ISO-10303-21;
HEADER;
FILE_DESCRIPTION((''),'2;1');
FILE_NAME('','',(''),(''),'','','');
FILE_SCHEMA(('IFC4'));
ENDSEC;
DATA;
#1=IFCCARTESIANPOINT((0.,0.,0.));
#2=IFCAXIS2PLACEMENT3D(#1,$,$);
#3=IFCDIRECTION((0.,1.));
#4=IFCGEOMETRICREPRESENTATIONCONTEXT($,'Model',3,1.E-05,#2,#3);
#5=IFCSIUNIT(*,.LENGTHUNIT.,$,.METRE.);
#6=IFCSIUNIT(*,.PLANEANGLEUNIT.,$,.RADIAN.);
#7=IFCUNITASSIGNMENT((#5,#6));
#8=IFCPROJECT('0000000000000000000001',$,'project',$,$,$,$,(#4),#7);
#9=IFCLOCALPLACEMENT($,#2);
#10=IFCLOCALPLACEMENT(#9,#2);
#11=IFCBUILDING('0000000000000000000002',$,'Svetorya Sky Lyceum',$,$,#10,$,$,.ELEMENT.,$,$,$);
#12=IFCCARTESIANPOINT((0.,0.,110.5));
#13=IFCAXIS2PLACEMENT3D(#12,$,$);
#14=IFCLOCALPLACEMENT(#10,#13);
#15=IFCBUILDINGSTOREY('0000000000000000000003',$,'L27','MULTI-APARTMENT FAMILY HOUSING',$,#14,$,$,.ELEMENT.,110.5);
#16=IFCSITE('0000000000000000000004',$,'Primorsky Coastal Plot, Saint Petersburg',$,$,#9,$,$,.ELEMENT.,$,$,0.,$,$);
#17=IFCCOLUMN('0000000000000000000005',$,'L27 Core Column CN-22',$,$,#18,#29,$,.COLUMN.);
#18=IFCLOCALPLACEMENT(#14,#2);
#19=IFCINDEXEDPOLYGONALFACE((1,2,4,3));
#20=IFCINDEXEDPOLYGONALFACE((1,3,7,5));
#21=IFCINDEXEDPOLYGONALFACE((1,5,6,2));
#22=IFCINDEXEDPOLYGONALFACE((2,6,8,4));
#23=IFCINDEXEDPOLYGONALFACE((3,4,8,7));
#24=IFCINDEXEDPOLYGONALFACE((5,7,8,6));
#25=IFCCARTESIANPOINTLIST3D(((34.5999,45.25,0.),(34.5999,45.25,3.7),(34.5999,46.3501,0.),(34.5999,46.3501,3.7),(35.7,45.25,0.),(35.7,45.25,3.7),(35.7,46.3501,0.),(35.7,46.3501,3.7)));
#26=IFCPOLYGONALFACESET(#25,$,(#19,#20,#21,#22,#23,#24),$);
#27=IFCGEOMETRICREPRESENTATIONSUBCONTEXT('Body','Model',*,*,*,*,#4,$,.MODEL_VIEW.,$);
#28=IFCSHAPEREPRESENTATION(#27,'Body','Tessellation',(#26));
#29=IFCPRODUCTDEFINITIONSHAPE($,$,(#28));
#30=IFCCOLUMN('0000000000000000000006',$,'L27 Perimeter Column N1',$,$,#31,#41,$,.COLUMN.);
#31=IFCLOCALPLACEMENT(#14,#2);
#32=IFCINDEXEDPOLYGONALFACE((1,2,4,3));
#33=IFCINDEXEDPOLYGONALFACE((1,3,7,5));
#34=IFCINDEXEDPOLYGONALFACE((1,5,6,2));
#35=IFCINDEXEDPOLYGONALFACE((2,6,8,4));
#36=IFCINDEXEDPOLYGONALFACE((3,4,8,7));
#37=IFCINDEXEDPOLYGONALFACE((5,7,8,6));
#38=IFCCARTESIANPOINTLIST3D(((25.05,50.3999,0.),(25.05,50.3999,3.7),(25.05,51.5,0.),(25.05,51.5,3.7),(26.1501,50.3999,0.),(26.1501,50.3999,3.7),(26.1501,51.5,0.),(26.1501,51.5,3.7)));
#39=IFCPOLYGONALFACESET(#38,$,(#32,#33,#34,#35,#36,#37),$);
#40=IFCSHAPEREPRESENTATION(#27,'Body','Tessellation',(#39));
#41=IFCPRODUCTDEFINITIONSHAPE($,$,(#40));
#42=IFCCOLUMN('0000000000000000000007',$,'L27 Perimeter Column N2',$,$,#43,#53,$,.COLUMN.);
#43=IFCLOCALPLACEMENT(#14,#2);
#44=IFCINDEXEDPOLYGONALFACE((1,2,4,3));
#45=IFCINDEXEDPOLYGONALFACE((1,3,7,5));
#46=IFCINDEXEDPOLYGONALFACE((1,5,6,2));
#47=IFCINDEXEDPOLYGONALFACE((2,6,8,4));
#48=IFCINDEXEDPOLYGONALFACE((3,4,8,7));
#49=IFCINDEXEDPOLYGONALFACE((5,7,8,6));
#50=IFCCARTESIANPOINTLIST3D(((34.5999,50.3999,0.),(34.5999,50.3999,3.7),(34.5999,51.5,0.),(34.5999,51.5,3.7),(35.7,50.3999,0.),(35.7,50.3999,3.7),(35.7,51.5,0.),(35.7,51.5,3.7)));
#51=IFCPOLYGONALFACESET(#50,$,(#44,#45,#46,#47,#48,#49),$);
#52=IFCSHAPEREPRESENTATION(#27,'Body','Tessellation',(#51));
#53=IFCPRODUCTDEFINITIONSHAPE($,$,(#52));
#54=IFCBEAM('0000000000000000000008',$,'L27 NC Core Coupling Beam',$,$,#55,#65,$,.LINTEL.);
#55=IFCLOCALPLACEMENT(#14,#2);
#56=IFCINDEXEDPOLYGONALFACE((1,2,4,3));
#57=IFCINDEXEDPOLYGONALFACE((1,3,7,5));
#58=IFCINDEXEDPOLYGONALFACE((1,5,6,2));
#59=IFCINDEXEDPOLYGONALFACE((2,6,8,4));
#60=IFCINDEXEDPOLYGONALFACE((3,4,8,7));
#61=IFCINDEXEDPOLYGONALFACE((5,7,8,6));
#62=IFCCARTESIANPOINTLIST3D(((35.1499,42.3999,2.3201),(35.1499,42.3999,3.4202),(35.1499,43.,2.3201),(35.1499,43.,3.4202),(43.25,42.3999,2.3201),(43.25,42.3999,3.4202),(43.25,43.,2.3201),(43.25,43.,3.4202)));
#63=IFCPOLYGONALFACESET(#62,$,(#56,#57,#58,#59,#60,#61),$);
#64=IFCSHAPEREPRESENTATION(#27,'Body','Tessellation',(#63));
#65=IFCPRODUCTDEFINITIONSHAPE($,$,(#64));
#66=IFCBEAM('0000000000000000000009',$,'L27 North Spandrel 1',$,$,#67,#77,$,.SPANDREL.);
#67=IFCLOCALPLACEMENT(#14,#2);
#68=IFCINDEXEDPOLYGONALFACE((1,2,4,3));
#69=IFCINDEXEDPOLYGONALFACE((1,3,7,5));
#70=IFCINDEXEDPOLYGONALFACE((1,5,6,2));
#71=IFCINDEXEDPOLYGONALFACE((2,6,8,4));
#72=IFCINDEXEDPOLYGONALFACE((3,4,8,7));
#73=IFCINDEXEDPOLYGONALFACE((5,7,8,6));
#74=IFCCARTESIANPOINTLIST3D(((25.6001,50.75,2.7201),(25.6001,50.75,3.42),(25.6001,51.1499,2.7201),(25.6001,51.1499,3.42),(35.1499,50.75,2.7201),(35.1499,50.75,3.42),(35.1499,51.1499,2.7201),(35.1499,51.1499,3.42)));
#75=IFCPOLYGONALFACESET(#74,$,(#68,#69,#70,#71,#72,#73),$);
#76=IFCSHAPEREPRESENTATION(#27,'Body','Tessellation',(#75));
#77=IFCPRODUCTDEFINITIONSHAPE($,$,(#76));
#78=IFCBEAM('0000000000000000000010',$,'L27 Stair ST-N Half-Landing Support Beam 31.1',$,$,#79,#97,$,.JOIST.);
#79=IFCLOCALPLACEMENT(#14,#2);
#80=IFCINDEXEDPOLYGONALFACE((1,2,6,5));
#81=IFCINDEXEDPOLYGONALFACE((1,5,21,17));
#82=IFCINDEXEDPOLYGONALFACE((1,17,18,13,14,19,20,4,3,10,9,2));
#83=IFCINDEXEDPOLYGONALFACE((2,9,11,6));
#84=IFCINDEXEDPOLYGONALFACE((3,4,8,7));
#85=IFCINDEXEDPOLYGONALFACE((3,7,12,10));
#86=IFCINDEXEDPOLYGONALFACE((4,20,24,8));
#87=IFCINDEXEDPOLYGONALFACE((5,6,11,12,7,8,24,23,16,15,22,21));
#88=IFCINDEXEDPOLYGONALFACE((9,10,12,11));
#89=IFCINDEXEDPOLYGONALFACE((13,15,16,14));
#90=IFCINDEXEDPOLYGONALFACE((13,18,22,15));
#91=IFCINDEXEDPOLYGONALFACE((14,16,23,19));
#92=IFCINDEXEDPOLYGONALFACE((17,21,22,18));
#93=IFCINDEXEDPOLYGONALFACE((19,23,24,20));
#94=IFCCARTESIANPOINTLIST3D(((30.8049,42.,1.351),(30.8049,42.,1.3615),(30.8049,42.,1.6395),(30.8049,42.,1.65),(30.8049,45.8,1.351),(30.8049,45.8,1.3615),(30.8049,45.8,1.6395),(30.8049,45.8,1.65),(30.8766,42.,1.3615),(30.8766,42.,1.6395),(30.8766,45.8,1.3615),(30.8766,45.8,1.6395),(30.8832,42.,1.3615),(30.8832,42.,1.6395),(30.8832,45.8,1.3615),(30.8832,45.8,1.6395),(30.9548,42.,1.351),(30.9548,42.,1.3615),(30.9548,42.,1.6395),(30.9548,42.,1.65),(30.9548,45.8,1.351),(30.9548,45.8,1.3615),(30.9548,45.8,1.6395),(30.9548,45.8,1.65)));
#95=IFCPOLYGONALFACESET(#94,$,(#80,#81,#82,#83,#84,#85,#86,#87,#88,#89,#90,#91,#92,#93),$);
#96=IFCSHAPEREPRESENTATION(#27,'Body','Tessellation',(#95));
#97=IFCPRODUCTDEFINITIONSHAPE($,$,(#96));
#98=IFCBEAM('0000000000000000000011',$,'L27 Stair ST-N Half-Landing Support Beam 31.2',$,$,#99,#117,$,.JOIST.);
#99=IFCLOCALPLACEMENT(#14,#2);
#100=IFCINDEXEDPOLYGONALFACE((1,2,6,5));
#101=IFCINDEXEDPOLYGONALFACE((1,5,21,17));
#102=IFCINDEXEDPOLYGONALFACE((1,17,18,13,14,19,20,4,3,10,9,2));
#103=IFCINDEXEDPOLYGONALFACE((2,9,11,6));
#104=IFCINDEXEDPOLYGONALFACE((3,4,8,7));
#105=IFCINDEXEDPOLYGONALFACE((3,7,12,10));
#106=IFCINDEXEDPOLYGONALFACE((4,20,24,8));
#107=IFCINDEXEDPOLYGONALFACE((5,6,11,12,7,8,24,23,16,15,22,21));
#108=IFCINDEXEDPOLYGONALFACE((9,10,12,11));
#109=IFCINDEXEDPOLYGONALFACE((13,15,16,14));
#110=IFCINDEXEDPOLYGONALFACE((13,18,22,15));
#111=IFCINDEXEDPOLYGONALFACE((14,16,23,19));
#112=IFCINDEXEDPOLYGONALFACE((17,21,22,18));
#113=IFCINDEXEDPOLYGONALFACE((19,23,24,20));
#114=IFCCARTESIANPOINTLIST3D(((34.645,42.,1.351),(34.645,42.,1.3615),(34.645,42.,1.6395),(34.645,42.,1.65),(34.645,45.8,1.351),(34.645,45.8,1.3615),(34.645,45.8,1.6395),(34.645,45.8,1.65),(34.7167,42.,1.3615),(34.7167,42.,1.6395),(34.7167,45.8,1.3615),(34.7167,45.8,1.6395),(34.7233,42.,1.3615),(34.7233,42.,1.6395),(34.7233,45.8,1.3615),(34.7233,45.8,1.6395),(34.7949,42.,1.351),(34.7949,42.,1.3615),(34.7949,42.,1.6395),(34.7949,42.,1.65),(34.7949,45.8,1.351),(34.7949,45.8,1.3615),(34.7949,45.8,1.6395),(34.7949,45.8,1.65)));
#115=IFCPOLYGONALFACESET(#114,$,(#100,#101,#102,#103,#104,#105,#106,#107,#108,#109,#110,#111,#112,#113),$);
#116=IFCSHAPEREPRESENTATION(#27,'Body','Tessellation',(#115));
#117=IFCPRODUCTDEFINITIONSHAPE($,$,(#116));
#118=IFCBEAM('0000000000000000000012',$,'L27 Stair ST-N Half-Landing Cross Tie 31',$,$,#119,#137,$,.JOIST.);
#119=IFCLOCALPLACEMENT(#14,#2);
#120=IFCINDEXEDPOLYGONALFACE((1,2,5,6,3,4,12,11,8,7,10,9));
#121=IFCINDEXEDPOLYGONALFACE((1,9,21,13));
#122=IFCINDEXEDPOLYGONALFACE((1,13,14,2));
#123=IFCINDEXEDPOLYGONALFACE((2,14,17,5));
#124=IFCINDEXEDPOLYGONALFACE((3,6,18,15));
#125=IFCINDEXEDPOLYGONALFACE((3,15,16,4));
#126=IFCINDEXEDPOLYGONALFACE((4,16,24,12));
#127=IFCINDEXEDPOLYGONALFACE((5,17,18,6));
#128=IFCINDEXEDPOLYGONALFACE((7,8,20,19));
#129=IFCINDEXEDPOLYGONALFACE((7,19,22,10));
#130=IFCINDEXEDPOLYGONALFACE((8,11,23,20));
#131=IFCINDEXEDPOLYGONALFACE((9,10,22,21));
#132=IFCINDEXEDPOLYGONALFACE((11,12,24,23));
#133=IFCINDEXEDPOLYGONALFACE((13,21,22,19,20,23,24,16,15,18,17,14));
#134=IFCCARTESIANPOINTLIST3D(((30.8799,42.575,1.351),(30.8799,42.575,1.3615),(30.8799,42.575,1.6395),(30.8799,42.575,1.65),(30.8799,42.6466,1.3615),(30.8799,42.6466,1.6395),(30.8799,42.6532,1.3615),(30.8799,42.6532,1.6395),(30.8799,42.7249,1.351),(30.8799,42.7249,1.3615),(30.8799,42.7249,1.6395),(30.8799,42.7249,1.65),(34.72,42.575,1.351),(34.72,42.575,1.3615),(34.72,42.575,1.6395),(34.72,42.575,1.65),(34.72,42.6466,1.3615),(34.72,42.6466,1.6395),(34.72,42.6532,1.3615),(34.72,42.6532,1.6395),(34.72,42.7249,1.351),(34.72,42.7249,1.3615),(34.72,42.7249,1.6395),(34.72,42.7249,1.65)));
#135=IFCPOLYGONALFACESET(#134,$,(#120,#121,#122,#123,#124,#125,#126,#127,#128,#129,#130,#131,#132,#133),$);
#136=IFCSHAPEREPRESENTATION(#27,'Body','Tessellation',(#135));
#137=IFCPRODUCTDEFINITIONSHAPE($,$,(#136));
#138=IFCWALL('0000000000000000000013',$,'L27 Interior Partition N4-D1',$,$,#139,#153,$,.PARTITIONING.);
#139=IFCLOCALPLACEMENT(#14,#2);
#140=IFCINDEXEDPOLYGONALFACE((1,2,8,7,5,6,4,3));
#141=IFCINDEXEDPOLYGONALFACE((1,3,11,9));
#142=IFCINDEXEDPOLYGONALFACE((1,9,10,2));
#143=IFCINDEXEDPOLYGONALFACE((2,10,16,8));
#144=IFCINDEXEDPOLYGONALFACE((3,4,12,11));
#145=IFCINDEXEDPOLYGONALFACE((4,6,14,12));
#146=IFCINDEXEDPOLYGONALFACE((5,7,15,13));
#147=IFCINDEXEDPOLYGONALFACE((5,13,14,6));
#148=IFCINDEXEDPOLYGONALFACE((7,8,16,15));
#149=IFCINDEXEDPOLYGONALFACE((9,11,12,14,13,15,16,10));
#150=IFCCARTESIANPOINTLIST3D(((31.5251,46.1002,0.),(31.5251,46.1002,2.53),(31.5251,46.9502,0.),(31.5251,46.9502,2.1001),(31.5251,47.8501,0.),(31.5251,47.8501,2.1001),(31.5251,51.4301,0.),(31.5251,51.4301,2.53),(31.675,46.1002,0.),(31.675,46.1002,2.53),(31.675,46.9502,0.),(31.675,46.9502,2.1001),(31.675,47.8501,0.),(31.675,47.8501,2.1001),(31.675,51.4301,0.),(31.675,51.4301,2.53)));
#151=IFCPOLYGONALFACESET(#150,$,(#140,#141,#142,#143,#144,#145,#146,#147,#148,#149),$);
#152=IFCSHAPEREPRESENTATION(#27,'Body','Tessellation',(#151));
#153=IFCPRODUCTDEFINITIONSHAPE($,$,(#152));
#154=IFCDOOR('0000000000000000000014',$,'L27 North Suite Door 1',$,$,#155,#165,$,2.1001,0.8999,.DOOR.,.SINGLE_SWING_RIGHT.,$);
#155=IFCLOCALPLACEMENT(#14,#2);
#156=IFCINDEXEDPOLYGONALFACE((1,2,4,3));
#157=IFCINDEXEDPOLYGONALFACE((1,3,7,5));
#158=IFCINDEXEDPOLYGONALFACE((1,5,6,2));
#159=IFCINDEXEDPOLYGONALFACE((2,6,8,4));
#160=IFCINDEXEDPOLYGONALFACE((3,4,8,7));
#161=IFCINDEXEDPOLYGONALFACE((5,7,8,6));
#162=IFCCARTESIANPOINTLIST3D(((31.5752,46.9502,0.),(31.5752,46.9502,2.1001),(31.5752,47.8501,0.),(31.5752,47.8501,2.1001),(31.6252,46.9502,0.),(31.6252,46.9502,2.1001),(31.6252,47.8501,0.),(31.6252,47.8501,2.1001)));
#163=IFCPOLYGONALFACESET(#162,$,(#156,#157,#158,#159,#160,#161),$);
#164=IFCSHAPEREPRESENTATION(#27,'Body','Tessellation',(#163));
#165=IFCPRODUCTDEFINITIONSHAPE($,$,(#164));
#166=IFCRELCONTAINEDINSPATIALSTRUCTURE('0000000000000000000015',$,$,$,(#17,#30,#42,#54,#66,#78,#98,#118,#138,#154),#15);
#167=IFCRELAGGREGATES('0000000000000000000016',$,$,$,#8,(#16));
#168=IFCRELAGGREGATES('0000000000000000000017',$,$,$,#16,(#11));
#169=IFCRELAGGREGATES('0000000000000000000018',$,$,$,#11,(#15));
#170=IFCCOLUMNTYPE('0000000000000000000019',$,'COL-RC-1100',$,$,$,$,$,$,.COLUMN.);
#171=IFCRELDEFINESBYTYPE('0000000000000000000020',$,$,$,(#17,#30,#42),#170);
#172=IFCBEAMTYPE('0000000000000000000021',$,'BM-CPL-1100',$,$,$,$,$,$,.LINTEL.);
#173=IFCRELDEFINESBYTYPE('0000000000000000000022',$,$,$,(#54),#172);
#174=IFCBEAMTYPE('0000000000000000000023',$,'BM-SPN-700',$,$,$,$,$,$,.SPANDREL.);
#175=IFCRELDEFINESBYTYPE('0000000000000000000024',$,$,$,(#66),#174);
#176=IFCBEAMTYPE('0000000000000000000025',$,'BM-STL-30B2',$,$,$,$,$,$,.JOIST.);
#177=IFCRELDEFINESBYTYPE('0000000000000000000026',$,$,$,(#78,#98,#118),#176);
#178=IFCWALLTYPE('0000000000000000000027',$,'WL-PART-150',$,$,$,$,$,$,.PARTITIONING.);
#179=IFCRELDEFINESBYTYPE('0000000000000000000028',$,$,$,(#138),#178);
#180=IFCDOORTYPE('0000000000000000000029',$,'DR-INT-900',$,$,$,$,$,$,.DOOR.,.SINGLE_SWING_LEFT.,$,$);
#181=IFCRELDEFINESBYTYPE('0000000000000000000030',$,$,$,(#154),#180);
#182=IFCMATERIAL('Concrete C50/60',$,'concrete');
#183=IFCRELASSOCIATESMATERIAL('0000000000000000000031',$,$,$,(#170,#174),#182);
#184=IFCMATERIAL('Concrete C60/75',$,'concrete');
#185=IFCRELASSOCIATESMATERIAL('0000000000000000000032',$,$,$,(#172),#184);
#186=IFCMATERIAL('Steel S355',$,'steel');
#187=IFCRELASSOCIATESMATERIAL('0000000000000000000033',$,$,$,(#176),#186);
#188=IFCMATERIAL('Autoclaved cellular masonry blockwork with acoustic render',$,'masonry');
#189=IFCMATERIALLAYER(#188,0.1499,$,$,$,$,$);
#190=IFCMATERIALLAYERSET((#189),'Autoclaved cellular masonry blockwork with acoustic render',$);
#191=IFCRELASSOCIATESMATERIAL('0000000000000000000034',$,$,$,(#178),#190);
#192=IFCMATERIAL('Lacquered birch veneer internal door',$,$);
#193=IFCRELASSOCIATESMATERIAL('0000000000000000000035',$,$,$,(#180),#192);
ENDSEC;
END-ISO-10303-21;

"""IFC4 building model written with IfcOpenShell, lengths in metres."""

from ifc_helpers import new_model, si_unit, direction, frame, frame_2d, origin, origin_2d, place, context, subcontext, project, spatial, rectangle, i_section, extrude, material, layer, layer_set, material_profile, profile_set, type_object, element, fill, save


model = new_model("IFC4")

# Units and contexts
model_context = context("Model", 3, precision=1e-05, world=origin(), true_north=direction((0.0, 1.0)))
body_context = subcontext(model_context, "Body", "Model", "MODEL_VIEW")
ifc_project = project(units=[si_unit("LENGTHUNIT", "METRE"), si_unit("PLANEANGLEUNIT", "RADIAN")], contexts=[model_context])

# Site, building, storey
site_placement = place(None, origin())
site = spatial("IfcSite", under=ifc_project, at=site_placement, Name="Primorsky Coastal Plot, Saint Petersburg", CompositionType="ELEMENT", RefElevation=0.0)
building_placement = place(site_placement, origin())
building = spatial("IfcBuilding", under=site, at=building_placement, Name="Svetorya Sky Lyceum", CompositionType="ELEMENT")
storey_placement = place(building_placement, frame((0.0, 0.0, 110.5)))
storey = spatial("IfcBuildingStorey", under=building, at=storey_placement, Name="L27", Description="MULTI-APARTMENT FAMILY HOUSING", CompositionType="ELEMENT", Elevation=110.5)

# Columns
ifc_material_1 = material(Name="Concrete C50/60", Category="concrete")
ifc_material_profile_1 = material_profile(ifc_material_1, rectangle(XDim=1.1001, YDim=1.1001, at=origin_2d()), Name="RC COL 1100x1100")
ifc_profile_set_1 = profile_set([ifc_material_profile_1], Name="Concrete C50/60")
column_type = type_object("IfcColumnType", Name="COL-RC-1100", PredefinedType="COLUMN", material=ifc_profile_set_1)
for number, where, z_axis, x_axis, name in (
    (1, (35.1499, 45.8, 0.0), (0.0, 0.0, 1.0), (1.0, 0.0, 0.0), "L27 Core Column CN-22"),
    (2, (25.6001, 50.95, 0.0), (0.0, 0.0, 1.0), (1.0, 0.0, 0.0), "L27 Perimeter Column N1"),
    (3, (35.1499, 50.95, 0.0), (0.0, 0.0, 1.0), (1.0, 0.0, 0.0), "L27 Perimeter Column N2"),
):
    element("IfcColumn", number, at=place(storey_placement, frame(where, z_axis=z_axis, x_axis=x_axis)), inside=storey, type_object=column_type, Name=name, PredefinedType="COLUMN", context=body_context, shape_type="SweptSolid", body=[
        extrude(rectangle(XDim=1.1001, YDim=1.1001, at=origin_2d()), origin(), (0.0, 0.0, 1.0), 3.7),
    ])

# Beams
ifc_material_2 = material(Name="Concrete C60/75", Category="concrete")
ifc_material_profile_2 = material_profile(ifc_material_2, rectangle(XDim=0.6001, YDim=1.1001, at=origin_2d()), Name="RC COUPLING 600x1100")
ifc_profile_set_2 = profile_set([ifc_material_profile_2], Name="Concrete C60/75")
beam_type_1 = type_object("IfcBeamType", Name="BM-CPL-1100", PredefinedType="LINTEL", material=ifc_profile_set_2)
beam_1_placement = place(storey_placement, frame((35.1499, 42.7, 2.8701), z_axis=(1.0, 0.0, 0.0), x_axis=(0.0, 1.0, 0.0)))
element("IfcBeam", 4, at=beam_1_placement, inside=storey, type_object=beam_type_1, Name="L27 NC Core Coupling Beam", PredefinedType="LINTEL", context=body_context, shape_type="SweptSolid", body=[
    extrude(rectangle(XDim=0.6001, YDim=1.1001, at=origin_2d()), origin(), (0.0, 0.0, 1.0), 8.1001),
])
ifc_material_profile_3 = material_profile(ifc_material_1, rectangle(XDim=0.3999, YDim=0.7, at=origin_2d()), Name="RC SPANDREL 400x700")
ifc_profile_set_3 = profile_set([ifc_material_profile_3], Name="Concrete C50/60")
beam_type_2 = type_object("IfcBeamType", Name="BM-SPN-700", PredefinedType="SPANDREL", material=ifc_profile_set_3)
beam_2_placement = place(storey_placement, frame((25.6001, 50.95, 3.0701), z_axis=(1.0, 0.0, 0.0), x_axis=(0.0, 1.0, 0.0)))
element("IfcBeam", 5, at=beam_2_placement, inside=storey, type_object=beam_type_2, Name="L27 North Spandrel 1", PredefinedType="SPANDREL", context=body_context, shape_type="SweptSolid", body=[
    extrude(rectangle(XDim=0.3999, YDim=0.7, at=origin_2d()), origin(), (0.0, 0.0, 1.0), 9.5498),
])
ifc_material_3 = material(Name="Steel S355", Category="steel")
ifc_material_profile_4 = material_profile(ifc_material_3, i_section(OverallWidth=0.1499, OverallDepth=0.2991, WebThickness=0.0066, FlangeThickness=0.0105, at=origin_2d()), Name="GOST 30B2")
ifc_profile_set_4 = profile_set([ifc_material_profile_4], Name="Steel S355")
beam_type_3 = type_object("IfcBeamType", Name="BM-STL-30B2", PredefinedType="JOIST", material=ifc_profile_set_4)
for number, where, z_axis, x_axis, name in (
    (6, (30.8799, 42.0, 1.5005), (0.0, 1.0, 0.0), (-1.0, 0.0, 0.0), "L27 Stair ST-N Half-Landing Support Beam 31.1"),
    (7, (34.72, 42.0, 1.5005), (0.0, 1.0, 0.0), (-1.0, 0.0, 0.0), "L27 Stair ST-N Half-Landing Support Beam 31.2"),
):
    element("IfcBeam", number, at=place(storey_placement, frame(where, z_axis=z_axis, x_axis=x_axis)), inside=storey, type_object=beam_type_3, Name=name, PredefinedType="JOIST", context=body_context, shape_type="SweptSolid", body=[
        extrude(i_section(OverallWidth=0.1499, OverallDepth=0.2991, WebThickness=0.0066, FlangeThickness=0.0105, at=origin_2d()), origin(), (0.0, 0.0, 1.0), 3.8),
    ])
beam_3_placement = place(storey_placement, frame((30.8799, 42.6499, 1.5005), z_axis=(1.0, 0.0, 0.0), x_axis=(0.0, 1.0, 0.0)))
element("IfcBeam", 8, at=beam_3_placement, inside=storey, type_object=beam_type_3, Name="L27 Stair ST-N Half-Landing Cross Tie 31", PredefinedType="JOIST", context=body_context, shape_type="SweptSolid", body=[
    extrude(i_section(OverallWidth=0.1499, OverallDepth=0.2991, WebThickness=0.0066, FlangeThickness=0.0105, at=origin_2d()), origin(), (0.0, 0.0, 1.0), 3.8401),
])

# Wall, opening, door
ifc_material_4 = material(Name="Autoclaved cellular masonry blockwork with acoustic render", Category="masonry")
ifc_layer = layer(ifc_material_4, 0.1499)
ifc_layer_set = layer_set([ifc_layer], Name="Autoclaved cellular masonry blockwork with acoustic render")
wall_type = type_object("IfcWallType", Name="WL-PART-150", PredefinedType="PARTITIONING", material=ifc_layer_set)
wall_placement = place(storey_placement, frame((31.6001, 46.1001, 0.0), z_axis=(0.0, 0.0, 1.0), x_axis=(0.0, 1.0, 0.0)))
wall = element("IfcWall", 9, at=wall_placement, inside=storey, type_object=wall_type, Name="L27 Interior Partition N4-D1", PredefinedType="PARTITIONING", context=body_context, shape_type="SweptSolid", body=[
    extrude(rectangle(XDim=5.3298, YDim=0.1499, at=frame_2d((2.665, 0.0))), origin(), (0.0, 0.0, 1.0), 2.53),
])
opening_placement = place(wall_placement, frame((0.8501, 0.0, 0.0)))
opening = element("IfcOpeningElement", 10, at=opening_placement, cuts=wall, PredefinedType="OPENING", context=body_context, shape_type="SweptSolid", body=[
    extrude(rectangle(XDim=0.8999, YDim=2.1001, at=frame_2d((0.45, 1.05))), frame((0.0, 0.085, 0.0), z_axis=(0.0, -1.0, 0.0), x_axis=(1.0, 0.0, 0.0)), (0.0, 0.0, 1.0), 0.1699),
])
ifc_material_5 = material(Name="Lacquered birch veneer internal door")
door_type = type_object("IfcDoorType", Name="DR-INT-900", OperationType="SINGLE_SWING_LEFT", PredefinedType="DOOR", material=ifc_material_5)
door_placement = place(opening_placement, origin())
door = element("IfcDoor", 11, at=door_placement, inside=storey, type_object=door_type, Name="L27 North Suite Door 1", OperationType="SINGLE_SWING_RIGHT", OverallHeight=2.1001, OverallWidth=0.8999, PredefinedType="DOOR", context=body_context, shape_type="SweptSolid", body=[
    extrude(rectangle(XDim=0.8999, YDim=2.1001, at=frame_2d((0.45, 1.05))), frame((0.0, 0.0249, 0.0), z_axis=(0.0, -1.0, 0.0), x_axis=(1.0, 0.0, 0.0)), (0.0, 0.0, 1.0), 0.05),
])
fill(opening, door)

save(model, "model.ifc")
